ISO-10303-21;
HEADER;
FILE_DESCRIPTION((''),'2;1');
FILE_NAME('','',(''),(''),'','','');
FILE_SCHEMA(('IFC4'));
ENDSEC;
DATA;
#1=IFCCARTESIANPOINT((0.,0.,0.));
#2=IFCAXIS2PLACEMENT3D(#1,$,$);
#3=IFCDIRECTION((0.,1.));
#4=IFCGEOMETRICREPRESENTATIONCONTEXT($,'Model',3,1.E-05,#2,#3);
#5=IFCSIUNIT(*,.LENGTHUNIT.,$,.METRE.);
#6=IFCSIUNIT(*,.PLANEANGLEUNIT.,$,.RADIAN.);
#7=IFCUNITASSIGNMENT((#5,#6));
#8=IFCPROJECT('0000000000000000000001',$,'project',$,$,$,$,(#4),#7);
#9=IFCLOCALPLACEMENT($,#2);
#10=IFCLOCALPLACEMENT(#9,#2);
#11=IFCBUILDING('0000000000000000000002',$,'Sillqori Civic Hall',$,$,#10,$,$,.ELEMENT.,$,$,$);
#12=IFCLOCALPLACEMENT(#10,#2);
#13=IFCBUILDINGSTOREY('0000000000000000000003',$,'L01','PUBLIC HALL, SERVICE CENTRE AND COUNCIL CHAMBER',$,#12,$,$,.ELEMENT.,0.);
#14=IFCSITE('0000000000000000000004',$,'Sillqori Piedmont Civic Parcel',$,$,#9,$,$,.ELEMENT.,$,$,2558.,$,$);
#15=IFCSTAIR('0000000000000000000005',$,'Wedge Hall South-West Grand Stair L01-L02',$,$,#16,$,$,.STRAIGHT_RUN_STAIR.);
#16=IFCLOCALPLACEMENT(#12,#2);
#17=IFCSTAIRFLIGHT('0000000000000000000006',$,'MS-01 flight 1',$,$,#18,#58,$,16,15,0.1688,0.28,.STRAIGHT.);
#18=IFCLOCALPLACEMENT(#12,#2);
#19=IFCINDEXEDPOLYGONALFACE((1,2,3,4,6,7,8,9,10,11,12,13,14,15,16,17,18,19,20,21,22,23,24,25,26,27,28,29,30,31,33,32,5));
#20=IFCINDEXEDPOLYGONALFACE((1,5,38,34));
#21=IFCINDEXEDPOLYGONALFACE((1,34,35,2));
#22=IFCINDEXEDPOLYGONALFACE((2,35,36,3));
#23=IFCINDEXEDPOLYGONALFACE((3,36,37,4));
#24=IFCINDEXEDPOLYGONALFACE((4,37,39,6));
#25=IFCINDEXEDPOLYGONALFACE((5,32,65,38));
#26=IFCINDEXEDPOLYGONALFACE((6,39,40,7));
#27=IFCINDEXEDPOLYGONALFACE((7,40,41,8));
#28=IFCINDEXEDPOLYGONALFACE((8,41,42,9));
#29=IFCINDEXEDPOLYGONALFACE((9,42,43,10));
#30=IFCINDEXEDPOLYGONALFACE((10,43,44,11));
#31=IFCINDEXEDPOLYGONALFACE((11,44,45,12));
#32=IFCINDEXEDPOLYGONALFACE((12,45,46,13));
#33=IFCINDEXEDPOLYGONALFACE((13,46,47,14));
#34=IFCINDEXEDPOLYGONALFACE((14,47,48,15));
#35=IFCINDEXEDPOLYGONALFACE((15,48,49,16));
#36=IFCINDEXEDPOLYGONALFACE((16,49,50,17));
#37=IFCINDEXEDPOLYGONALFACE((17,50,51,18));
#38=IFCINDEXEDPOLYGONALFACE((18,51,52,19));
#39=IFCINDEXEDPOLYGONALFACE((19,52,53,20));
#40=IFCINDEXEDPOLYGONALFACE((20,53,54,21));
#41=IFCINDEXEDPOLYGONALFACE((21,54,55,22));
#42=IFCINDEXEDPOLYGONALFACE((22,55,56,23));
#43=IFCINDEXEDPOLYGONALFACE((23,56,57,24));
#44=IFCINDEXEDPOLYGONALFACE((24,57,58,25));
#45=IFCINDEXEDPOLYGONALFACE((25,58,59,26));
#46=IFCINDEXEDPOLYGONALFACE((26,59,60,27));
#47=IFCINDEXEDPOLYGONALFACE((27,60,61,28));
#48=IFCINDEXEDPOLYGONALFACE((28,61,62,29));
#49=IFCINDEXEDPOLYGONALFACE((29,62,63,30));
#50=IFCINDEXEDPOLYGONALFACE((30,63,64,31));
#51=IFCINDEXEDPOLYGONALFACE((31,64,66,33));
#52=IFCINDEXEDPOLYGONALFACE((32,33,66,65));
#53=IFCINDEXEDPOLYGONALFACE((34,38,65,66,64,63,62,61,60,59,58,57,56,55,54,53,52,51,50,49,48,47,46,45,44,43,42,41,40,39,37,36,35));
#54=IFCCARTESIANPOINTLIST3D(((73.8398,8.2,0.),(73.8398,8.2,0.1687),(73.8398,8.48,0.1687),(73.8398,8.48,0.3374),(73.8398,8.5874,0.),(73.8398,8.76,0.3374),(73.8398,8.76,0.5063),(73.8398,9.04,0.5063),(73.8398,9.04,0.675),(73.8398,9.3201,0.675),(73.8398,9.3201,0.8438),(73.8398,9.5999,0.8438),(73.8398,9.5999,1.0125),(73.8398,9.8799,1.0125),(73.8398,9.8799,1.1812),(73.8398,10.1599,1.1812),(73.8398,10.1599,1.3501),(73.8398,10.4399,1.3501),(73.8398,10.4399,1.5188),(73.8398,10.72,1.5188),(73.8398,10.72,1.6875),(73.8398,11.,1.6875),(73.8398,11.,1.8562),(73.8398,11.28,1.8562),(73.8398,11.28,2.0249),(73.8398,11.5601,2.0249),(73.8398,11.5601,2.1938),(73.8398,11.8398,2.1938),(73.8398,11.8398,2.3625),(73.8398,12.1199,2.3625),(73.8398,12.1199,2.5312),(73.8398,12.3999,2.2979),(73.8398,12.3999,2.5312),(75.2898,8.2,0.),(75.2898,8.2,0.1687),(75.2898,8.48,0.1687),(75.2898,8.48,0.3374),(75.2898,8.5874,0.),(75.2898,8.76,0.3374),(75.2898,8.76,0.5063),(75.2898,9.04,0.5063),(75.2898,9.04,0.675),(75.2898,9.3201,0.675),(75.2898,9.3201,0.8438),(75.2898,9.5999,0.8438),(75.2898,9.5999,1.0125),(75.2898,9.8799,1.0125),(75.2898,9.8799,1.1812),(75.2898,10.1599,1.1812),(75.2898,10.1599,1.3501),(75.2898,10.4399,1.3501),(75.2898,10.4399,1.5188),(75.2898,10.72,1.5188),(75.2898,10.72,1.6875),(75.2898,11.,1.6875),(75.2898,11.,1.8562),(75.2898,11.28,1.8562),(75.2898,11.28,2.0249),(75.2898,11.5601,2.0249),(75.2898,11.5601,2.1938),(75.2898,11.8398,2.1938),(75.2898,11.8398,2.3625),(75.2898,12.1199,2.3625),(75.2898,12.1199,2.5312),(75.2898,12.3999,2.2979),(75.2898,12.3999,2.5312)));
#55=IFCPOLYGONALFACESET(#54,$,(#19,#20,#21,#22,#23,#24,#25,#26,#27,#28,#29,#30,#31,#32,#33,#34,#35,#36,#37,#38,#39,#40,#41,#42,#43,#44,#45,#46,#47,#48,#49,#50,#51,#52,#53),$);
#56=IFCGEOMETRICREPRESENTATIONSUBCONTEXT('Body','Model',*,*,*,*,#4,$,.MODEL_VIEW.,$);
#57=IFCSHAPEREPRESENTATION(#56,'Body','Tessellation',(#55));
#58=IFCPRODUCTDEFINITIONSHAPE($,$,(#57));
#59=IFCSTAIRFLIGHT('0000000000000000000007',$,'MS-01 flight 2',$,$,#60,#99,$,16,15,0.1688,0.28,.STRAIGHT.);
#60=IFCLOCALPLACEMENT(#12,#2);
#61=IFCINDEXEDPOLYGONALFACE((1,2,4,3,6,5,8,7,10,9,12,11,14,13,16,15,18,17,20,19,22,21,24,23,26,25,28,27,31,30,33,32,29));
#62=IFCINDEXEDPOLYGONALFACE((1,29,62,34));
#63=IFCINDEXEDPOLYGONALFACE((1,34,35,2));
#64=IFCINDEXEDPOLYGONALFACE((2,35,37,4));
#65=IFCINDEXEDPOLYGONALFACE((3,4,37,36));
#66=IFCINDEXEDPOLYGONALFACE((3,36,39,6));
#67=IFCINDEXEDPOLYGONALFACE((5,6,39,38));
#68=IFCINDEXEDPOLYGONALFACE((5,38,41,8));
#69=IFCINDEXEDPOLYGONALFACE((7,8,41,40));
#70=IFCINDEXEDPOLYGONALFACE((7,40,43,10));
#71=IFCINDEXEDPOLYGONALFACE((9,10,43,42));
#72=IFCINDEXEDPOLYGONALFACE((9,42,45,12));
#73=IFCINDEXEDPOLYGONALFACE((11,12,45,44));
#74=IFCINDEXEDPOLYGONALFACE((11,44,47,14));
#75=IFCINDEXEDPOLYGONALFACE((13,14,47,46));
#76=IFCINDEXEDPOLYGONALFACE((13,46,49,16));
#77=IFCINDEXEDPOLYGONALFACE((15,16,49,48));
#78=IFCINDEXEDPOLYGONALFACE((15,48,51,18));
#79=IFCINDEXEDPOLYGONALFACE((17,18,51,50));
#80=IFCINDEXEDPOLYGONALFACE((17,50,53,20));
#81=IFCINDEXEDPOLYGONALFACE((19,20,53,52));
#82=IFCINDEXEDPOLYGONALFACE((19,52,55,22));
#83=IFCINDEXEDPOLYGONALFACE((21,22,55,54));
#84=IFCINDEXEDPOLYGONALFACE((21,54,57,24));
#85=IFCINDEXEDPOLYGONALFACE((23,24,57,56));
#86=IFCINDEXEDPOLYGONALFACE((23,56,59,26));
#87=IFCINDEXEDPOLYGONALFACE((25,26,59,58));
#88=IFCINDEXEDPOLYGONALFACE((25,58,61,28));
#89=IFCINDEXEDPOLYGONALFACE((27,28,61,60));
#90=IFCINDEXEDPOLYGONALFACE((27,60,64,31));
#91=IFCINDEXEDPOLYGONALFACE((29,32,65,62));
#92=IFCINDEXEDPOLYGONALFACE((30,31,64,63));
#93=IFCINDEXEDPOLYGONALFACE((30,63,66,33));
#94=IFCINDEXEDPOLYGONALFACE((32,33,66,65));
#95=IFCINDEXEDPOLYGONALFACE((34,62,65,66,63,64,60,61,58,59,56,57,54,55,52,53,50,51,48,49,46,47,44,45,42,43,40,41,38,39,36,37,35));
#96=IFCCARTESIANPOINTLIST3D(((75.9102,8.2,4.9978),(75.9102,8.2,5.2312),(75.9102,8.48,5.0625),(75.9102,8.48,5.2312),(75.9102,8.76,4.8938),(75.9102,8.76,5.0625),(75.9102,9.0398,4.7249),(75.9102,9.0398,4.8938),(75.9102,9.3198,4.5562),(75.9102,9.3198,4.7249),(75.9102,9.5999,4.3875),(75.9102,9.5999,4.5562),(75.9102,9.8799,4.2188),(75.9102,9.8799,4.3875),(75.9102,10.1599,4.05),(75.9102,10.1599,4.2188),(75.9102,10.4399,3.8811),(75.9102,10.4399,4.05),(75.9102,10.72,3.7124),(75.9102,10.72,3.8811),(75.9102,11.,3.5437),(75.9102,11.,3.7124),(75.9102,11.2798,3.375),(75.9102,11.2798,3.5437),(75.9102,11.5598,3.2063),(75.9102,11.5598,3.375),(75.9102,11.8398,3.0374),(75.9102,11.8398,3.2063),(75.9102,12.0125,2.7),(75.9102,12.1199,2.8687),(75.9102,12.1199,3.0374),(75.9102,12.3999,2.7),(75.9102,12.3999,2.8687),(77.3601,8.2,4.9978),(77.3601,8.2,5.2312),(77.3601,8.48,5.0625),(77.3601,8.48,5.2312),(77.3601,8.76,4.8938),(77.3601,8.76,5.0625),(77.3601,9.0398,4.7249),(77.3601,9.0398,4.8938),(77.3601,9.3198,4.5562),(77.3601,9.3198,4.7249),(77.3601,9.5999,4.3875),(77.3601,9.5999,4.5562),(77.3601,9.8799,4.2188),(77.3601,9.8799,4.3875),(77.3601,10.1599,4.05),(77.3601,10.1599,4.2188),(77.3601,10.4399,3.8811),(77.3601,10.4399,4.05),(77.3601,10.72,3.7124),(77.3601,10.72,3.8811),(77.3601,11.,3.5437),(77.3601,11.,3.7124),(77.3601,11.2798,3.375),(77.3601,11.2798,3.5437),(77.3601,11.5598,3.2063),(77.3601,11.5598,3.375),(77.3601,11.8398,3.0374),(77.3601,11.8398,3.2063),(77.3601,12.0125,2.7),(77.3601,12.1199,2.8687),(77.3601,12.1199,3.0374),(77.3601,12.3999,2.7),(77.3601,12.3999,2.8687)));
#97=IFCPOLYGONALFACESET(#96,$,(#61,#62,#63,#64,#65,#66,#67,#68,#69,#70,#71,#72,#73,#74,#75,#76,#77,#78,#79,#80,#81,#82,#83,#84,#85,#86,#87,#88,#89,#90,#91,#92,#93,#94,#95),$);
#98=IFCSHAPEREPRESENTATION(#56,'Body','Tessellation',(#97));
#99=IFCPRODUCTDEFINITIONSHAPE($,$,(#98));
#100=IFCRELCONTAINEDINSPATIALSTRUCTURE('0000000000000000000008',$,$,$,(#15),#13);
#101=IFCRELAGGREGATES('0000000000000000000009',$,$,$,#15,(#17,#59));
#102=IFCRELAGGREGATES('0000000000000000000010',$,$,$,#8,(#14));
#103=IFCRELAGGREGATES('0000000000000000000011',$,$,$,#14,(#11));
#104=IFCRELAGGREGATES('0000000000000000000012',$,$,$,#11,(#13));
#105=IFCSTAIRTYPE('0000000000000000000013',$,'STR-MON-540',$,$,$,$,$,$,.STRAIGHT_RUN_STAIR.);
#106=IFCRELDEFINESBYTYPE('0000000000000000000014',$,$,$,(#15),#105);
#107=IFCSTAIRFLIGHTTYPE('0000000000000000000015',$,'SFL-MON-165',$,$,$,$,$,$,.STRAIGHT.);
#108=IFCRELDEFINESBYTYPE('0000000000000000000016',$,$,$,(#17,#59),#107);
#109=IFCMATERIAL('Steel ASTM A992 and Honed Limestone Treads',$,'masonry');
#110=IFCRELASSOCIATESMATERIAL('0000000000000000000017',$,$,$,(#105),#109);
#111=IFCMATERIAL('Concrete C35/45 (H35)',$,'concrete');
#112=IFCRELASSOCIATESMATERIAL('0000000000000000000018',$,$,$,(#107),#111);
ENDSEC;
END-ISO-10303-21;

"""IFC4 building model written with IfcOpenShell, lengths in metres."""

from ifc_helpers import new_model, si_unit, direction, frame, origin, place, context, subcontext, project, spatial, polyline, outline, extrude, material, type_object, element, aggregate, save


model = new_model("IFC4")

# Units and contexts
model_context = context("Model", 3, precision=1e-05, world=origin(), true_north=direction((0.0, 1.0)))
body_context = subcontext(model_context, "Body", "Model", "MODEL_VIEW")
ifc_project = project(units=[si_unit("LENGTHUNIT", "METRE"), si_unit("PLANEANGLEUNIT", "RADIAN")], contexts=[model_context])

# Site, building, storey
site_placement = place(None, origin())
site = spatial("IfcSite", under=ifc_project, at=site_placement, Name="Sillqori Piedmont Civic Parcel", CompositionType="ELEMENT", RefElevation=2558.0)
building_placement = place(site_placement, origin())
building = spatial("IfcBuilding", under=site, at=building_placement, Name="Sillqori Civic Hall", CompositionType="ELEMENT")
storey_placement = place(building_placement, origin())
storey = spatial("IfcBuildingStorey", under=building, at=storey_placement, Name="L01", Description="PUBLIC HALL, SERVICE CENTRE AND COUNCIL CHAMBER", CompositionType="ELEMENT", Elevation=0.0)

# Stair, stair flights
ifc_material_1 = material(Name="Steel ASTM A992 and Honed Limestone Treads", Category="masonry")
stair_type = type_object("IfcStairType", Name="STR-MON-540", PredefinedType="STRAIGHT_RUN_STAIR", material=ifc_material_1)
stair_placement = place(storey_placement, origin())
stair = element("IfcStair", 1, at=stair_placement, inside=storey, type_object=stair_type, Name="Wedge Hall South-West Grand Stair L01-L02", PredefinedType="STRAIGHT_RUN_STAIR")
ifc_material_2 = material(Name="Concrete C35/45 (H35)", Category="concrete")
stair_flight_type = type_object("IfcStairFlightType", Name="SFL-MON-165", PredefinedType="STRAIGHT", material=ifc_material_2)
stair_flight_1_placement = place(storey_placement, frame((74.5649, 8.2, 0.0), z_axis=(0.0, 0.0, 1.0), x_axis=(0.0, 1.0, 0.0)))
stair_flight_1 = element("IfcStairFlight", 2, at=stair_flight_1_placement, type_object=stair_flight_type, Name="MS-01 flight 1", NumberOfRisers=16, NumberOfTreads=15, PredefinedType="STRAIGHT", RiserHeight=0.1688, TreadLength=0.28, context=body_context, shape_type="SweptSolid", body=[
    extrude(outline(polyline([(0.0, 0.0), (0.0, 0.1687), (0.28, 0.1687), (0.28, 0.3374), (0.5601, 0.3374), (0.5601, 0.5063), (0.8401, 0.5063), (0.8401, 0.675), (1.1201, 0.675), (1.1201, 0.8438), (1.3999, 0.8438), (1.3999, 1.0125), (1.6799, 1.0125), (1.6799, 1.1812), (1.96, 1.1812), (1.96, 1.3501), (2.24, 1.3501), (2.24, 1.5188), (2.52, 1.5188), (2.52, 1.6875), (2.8, 1.6875), (2.8, 1.8562), (3.0801, 1.8562), (3.0801, 2.0249), (3.3601, 2.0249), (3.3601, 2.1938), (3.6399, 2.1938), (3.6399, 2.3625), (3.9199, 2.3625), (3.9199, 2.5312), (4.2, 2.5312), (4.2, 2.7), (4.2, 2.2979), (0.3875, 0.0), (0.0, 0.0)])), frame((0.0, 0.7251, 0.0), z_axis=(0.0, -1.0, 0.0), x_axis=(1.0, 0.0, 0.0)), (0.0, 0.0, 1.0), 1.45),
])
stair_flight_2_placement = place(storey_placement, frame((76.635, 12.3999, 2.7), z_axis=(0.0, 0.0, 1.0), x_axis=(0.0, -1.0, 0.0)))
stair_flight_2 = element("IfcStairFlight", 3, at=stair_flight_2_placement, type_object=stair_flight_type, Name="MS-01 flight 2", NumberOfRisers=16, NumberOfTreads=15, PredefinedType="STRAIGHT", RiserHeight=0.1688, TreadLength=0.28, context=body_context, shape_type="SweptSolid", body=[
    extrude(outline(polyline([(0.0, 0.0), (0.0, 0.1687), (0.28, 0.1687), (0.28, 0.3374), (0.5601, 0.3374), (0.5601, 0.5063), (0.8401, 0.5063), (0.8401, 0.675), (1.1201, 0.675), (1.1201, 0.8438), (1.3999, 0.8438), (1.3999, 1.0125), (1.6799, 1.0125), (1.6799, 1.1812), (1.96, 1.1812), (1.96, 1.3501), (2.24, 1.3501), (2.24, 1.5188), (2.52, 1.5188), (2.52, 1.6875), (2.8, 1.6875), (2.8, 1.8562), (3.0801, 1.8562), (3.0801, 2.0249), (3.3601, 2.0249), (3.3601, 2.1938), (3.6399, 2.1938), (3.6399, 2.3625), (3.9199, 2.3625), (3.9199, 2.5312), (4.2, 2.5312), (4.2, 2.7), (4.2, 2.2979), (0.3875, 0.0), (0.0, 0.0)])), frame((0.0, 0.7251, 0.0), z_axis=(0.0, -1.0, 0.0), x_axis=(1.0, 0.0, 0.0)), (0.0, 0.0, 1.0), 1.45),
])
aggregate(stair, [stair_flight_1, stair_flight_2])

save(model, "model.ifc")
